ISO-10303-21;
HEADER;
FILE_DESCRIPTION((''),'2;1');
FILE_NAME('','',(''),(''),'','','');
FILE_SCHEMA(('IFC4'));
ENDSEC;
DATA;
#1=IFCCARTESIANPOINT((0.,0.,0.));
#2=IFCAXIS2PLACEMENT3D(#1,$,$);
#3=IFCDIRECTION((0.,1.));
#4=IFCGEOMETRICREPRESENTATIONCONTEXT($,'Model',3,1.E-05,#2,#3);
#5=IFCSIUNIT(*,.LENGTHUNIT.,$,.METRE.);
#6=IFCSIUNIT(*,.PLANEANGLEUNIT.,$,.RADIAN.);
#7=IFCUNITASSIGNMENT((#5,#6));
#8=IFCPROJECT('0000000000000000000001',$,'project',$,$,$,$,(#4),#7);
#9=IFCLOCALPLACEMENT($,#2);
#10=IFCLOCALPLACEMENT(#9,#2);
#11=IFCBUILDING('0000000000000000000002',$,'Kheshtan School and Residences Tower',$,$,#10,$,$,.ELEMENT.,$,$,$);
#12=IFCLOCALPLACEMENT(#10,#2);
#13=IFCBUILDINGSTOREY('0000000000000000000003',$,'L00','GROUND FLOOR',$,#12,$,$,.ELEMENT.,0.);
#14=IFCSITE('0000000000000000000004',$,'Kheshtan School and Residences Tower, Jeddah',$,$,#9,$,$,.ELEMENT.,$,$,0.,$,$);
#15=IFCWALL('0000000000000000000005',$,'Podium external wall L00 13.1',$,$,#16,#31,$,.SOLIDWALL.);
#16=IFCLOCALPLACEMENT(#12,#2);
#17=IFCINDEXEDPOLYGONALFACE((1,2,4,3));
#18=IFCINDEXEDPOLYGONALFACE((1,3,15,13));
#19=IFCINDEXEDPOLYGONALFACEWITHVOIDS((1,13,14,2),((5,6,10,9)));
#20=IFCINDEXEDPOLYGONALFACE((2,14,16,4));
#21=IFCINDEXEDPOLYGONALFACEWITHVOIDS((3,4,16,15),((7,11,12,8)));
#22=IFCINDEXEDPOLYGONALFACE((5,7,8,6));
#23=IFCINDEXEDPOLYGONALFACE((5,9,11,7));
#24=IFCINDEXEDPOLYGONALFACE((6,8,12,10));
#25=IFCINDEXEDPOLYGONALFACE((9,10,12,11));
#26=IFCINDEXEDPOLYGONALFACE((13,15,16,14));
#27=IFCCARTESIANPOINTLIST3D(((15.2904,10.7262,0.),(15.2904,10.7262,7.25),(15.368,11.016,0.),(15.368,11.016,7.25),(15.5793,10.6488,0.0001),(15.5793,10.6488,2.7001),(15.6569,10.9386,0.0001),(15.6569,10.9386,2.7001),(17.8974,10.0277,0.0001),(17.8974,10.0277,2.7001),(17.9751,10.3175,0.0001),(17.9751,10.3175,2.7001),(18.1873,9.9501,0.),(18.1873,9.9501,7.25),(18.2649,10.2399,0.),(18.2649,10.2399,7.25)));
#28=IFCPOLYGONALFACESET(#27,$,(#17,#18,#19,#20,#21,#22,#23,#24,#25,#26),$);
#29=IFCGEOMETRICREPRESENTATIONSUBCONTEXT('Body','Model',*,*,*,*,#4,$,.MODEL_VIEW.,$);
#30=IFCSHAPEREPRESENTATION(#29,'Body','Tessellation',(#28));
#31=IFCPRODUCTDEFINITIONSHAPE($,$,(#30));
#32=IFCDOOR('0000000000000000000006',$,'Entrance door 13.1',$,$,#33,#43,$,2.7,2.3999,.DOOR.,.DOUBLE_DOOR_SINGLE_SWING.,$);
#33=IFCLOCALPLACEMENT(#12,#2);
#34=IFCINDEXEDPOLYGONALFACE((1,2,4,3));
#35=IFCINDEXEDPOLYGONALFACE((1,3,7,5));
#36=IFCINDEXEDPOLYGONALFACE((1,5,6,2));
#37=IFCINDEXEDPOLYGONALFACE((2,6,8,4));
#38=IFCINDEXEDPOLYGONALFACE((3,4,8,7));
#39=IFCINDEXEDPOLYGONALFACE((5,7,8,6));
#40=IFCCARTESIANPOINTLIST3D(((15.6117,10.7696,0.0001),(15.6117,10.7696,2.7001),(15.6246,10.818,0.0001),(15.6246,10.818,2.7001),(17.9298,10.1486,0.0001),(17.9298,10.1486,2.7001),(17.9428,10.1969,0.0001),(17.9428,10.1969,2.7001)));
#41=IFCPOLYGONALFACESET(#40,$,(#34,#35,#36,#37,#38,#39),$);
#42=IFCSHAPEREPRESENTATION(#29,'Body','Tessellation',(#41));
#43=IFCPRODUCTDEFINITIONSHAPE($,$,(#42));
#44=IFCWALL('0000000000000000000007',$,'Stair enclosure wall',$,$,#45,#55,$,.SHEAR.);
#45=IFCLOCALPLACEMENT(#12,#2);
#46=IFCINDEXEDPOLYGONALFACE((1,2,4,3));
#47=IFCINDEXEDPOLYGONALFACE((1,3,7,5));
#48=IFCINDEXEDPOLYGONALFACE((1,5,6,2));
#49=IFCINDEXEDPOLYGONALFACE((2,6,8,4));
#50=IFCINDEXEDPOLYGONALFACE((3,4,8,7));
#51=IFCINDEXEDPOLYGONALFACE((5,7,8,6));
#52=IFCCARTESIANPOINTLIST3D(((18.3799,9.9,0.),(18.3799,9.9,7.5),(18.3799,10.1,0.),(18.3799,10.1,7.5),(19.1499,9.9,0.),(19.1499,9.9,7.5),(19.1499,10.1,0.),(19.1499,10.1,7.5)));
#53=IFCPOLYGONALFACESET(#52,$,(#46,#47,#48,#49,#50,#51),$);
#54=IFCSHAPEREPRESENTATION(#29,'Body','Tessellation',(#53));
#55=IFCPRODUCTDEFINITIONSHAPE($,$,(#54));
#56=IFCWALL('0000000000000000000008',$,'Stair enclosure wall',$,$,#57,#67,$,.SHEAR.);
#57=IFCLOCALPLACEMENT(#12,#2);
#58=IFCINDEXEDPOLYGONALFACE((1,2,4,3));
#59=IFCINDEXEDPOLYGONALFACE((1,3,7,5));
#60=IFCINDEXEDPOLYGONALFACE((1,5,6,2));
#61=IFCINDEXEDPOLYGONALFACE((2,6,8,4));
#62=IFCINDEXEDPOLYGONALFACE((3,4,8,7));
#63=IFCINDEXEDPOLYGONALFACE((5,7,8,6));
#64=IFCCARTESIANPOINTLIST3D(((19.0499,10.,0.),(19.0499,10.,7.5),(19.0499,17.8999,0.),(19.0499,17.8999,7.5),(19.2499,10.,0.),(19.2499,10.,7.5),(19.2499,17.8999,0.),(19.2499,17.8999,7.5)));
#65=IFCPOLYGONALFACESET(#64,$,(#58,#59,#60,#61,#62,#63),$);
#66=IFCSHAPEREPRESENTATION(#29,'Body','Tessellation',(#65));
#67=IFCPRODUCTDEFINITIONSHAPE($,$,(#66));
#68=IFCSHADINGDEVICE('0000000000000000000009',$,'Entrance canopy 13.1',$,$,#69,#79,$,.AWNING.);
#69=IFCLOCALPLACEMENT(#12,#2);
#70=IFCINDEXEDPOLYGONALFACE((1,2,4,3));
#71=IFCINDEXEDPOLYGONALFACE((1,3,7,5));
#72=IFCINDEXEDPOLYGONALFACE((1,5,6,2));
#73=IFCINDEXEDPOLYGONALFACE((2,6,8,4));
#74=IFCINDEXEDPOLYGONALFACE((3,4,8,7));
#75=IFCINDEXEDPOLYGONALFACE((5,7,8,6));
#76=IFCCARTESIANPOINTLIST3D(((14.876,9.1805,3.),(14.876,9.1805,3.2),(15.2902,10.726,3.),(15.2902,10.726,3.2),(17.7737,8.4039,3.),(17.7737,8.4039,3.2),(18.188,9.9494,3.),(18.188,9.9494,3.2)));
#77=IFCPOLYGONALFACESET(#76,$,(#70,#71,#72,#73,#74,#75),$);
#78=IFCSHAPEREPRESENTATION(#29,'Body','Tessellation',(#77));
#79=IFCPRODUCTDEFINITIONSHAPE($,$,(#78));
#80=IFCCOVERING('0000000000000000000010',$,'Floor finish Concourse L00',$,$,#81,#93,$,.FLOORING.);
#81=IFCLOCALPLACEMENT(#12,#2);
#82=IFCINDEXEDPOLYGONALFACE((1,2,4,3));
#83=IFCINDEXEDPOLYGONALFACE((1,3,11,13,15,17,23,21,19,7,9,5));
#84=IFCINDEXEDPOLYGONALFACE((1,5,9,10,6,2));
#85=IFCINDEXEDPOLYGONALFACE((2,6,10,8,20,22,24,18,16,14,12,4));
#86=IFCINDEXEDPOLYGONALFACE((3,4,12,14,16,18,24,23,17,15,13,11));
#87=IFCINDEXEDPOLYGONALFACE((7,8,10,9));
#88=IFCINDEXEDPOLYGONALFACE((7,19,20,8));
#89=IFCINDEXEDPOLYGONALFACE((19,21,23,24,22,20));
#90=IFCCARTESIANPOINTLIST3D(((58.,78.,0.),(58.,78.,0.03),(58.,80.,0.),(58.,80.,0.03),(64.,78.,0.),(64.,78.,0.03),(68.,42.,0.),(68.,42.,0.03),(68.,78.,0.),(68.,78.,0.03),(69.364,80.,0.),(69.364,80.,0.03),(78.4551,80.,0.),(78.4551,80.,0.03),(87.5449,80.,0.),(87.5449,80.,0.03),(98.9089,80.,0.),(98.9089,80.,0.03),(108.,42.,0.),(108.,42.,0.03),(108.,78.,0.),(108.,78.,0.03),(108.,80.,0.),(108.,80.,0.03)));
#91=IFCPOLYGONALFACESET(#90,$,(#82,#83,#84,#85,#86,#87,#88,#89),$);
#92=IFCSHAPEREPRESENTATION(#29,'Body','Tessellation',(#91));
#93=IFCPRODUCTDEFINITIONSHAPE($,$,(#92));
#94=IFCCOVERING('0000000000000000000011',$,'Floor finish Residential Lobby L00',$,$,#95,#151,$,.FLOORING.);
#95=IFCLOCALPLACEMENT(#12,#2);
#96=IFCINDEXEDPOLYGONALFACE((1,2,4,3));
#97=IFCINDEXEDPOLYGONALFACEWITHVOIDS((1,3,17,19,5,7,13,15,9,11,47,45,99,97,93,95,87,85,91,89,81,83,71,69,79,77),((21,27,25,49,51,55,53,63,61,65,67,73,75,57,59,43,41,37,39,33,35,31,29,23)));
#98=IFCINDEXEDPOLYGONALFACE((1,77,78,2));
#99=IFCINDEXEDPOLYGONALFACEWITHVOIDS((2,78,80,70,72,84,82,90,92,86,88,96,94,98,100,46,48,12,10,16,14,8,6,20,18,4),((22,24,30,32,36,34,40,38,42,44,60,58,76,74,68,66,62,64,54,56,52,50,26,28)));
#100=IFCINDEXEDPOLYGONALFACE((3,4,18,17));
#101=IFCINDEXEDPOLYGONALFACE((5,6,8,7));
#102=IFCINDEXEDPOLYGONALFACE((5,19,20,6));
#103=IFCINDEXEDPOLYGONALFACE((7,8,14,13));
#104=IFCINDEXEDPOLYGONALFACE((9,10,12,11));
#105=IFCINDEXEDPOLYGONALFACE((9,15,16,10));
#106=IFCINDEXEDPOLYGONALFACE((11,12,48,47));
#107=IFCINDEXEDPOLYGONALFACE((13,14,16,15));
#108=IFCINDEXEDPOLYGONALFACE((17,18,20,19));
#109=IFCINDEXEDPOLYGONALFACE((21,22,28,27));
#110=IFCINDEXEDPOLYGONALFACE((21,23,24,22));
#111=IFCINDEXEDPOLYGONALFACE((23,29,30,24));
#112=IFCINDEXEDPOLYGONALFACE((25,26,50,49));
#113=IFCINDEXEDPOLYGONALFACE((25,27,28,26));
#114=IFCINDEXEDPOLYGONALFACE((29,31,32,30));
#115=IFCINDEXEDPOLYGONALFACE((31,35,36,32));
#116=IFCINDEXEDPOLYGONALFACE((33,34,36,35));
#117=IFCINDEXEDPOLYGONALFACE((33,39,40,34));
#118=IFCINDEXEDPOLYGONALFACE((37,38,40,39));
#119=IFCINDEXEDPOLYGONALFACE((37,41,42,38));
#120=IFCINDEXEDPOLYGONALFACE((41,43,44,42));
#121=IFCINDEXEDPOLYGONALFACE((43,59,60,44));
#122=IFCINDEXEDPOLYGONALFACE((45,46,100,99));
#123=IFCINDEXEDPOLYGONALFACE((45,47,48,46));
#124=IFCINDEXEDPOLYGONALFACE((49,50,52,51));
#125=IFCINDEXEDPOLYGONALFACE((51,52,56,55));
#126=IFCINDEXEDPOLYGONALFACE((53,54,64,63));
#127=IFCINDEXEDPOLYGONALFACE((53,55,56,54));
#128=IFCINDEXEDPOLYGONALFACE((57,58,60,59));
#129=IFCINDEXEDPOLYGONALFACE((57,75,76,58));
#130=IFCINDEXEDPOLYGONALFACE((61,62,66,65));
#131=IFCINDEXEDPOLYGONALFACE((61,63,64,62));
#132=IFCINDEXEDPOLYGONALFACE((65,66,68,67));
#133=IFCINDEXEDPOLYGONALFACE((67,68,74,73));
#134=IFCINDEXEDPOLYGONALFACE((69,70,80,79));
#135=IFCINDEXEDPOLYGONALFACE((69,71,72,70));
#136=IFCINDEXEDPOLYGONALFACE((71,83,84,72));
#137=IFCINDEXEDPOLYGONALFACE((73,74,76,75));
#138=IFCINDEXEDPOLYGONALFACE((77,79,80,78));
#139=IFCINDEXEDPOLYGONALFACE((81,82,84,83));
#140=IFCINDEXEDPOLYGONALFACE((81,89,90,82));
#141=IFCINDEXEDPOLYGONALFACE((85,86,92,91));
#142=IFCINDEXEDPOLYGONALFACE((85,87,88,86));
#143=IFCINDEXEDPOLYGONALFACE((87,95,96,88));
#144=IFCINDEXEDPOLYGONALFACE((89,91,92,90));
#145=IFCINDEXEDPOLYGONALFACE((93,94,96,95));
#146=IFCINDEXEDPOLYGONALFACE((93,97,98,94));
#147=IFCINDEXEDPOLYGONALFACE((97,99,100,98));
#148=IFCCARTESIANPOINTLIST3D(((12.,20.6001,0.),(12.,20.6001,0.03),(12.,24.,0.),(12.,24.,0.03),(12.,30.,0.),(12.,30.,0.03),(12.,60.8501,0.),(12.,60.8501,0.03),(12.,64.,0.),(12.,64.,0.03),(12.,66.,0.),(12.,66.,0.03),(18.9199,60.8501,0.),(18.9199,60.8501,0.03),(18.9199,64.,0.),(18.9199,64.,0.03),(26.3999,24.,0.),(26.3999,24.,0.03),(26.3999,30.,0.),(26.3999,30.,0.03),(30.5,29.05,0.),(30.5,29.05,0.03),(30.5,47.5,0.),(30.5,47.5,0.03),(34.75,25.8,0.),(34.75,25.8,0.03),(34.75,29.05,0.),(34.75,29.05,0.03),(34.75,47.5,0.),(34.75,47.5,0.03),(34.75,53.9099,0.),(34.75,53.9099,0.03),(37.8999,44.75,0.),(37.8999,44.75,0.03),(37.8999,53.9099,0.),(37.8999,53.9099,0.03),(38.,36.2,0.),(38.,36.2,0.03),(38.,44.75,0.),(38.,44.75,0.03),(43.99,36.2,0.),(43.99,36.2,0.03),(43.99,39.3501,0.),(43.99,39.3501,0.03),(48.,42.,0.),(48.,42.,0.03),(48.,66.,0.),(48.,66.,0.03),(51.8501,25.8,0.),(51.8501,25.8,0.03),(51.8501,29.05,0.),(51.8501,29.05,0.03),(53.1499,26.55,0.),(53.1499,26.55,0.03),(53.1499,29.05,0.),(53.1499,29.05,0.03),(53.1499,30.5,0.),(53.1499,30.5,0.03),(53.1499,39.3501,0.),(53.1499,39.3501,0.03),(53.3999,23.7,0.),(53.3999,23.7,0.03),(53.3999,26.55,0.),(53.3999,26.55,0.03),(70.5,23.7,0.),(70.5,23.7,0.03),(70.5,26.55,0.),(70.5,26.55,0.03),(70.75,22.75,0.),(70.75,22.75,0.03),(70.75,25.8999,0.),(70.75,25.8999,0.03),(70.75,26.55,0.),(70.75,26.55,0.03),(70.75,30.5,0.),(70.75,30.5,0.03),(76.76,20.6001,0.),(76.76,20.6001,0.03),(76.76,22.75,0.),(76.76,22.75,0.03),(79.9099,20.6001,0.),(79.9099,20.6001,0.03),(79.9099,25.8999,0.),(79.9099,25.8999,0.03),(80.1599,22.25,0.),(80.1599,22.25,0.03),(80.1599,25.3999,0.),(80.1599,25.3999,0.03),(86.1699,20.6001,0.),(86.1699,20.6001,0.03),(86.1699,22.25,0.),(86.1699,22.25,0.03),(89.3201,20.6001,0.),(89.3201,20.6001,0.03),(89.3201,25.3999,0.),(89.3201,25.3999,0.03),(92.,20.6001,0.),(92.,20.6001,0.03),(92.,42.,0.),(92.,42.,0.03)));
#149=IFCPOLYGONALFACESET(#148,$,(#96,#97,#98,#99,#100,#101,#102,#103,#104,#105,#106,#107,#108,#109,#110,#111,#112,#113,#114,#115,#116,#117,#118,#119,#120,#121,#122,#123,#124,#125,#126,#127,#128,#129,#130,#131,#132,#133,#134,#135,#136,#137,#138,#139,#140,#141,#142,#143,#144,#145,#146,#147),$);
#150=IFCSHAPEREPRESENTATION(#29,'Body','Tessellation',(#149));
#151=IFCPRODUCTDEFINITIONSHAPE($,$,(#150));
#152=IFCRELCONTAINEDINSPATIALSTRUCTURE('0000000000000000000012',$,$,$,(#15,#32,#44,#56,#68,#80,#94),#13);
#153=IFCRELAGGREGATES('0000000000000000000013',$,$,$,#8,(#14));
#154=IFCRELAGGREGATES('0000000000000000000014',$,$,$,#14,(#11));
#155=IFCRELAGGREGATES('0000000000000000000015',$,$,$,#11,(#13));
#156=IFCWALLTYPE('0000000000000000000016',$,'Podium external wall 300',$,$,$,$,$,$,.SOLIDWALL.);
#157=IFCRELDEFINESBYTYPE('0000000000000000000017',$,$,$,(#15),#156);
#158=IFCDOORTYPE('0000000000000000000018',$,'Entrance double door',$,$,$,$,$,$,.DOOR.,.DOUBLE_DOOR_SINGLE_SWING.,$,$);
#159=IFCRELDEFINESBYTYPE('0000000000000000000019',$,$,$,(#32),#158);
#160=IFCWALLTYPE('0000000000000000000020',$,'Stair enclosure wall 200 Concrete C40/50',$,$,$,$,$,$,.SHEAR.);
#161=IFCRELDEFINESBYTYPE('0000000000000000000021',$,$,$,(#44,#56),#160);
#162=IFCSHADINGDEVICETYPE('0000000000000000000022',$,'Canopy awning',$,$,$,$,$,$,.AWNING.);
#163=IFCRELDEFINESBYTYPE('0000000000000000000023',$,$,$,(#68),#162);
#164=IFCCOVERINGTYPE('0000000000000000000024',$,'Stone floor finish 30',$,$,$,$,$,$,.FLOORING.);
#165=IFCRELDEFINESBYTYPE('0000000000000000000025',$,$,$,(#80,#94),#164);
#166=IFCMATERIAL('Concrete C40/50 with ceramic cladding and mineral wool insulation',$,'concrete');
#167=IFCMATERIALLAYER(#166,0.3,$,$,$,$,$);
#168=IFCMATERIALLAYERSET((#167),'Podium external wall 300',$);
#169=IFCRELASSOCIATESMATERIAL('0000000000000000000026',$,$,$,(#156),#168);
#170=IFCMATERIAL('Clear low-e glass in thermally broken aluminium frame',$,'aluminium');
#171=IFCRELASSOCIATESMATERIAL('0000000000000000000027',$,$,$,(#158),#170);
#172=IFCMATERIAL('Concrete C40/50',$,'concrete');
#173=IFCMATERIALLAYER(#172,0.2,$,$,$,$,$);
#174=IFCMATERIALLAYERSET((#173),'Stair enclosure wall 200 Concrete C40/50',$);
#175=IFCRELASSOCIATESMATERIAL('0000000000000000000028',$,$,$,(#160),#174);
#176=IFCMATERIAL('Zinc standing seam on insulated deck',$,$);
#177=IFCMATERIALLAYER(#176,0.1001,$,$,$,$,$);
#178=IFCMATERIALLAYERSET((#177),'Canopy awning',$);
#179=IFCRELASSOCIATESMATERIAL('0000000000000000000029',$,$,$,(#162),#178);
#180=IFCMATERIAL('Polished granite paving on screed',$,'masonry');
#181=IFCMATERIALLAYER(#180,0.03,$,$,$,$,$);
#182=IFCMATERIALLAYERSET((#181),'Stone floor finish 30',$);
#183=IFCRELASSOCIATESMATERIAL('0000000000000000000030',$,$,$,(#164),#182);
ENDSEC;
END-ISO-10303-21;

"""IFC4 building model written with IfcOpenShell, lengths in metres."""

from ifc_helpers import new_model, si_unit, direction, frame, frame_2d, origin, origin_2d, place, context, subcontext, project, spatial, polyline, rectangle, outline, extrude, source, transform, mapped, material, layer, layer_set, type_object, element, fill, save


model = new_model("IFC4")

# Units and contexts
model_context = context("Model", 3, precision=1e-05, world=origin(), true_north=direction((0.0, 1.0)))
body_context = subcontext(model_context, "Body", "Model", "MODEL_VIEW")
ifc_project = project(units=[si_unit("LENGTHUNIT", "METRE"), si_unit("PLANEANGLEUNIT", "RADIAN")], contexts=[model_context])

# Site, building, storey
site_placement = place(None, origin())
site = spatial("IfcSite", under=ifc_project, at=site_placement, Name="Kheshtan School and Residences Tower, Jeddah", CompositionType="ELEMENT", RefElevation=0.0)
building_placement = place(site_placement, origin())
building = spatial("IfcBuilding", under=site, at=building_placement, Name="Kheshtan School and Residences Tower", CompositionType="ELEMENT")
storey_placement = place(building_placement, origin())
storey = spatial("IfcBuildingStorey", under=building, at=storey_placement, Name="L00", Description="GROUND FLOOR", CompositionType="ELEMENT", Elevation=0.0)

# Shared definitions
ifc_material_1 = material(Name="Clear low-e glass in thermally broken aluminium frame", Category="aluminium")

# Wall, opening, door
ifc_material_2 = material(Name="Concrete C40/50 with ceramic cladding and mineral wool insulation", Category="concrete")
ifc_layer_1 = layer(ifc_material_2, 0.3)
ifc_layer_set_1 = layer_set([ifc_layer_1], Name="Podium external wall 300")
wall_type_1 = type_object("IfcWallType", Name="Podium external wall 300", PredefinedType="SOLIDWALL", material=ifc_layer_set_1)
wall_1_placement = place(storey_placement, frame((18.2261, 10.095, 0.0), z_axis=(0.0, 0.0, 1.0), x_axis=(-0.965936, 0.258782, 0.0)))
wall_1 = element("IfcWall", 1, at=wall_1_placement, inside=storey, type_object=wall_type_1, Name="Podium external wall L00 13.1", PredefinedType="SOLIDWALL", context=body_context, shape_type="SweptSolid", body=[
    extrude(rectangle(XDim=2.999, YDim=0.3, at=frame_2d((1.4995, 0.0))), origin(), (0.0, 0.0, 1.0), 7.25),
])
opening_placement = place(wall_1_placement, frame((0.3, 0.0, 0.0)))
opening = element("IfcOpeningElement", 2, at=opening_placement, cuts=wall_1, PredefinedType="OPENING", context=body_context, shape_type="SweptSolid", body=[
    extrude(rectangle(XDim=2.3999, YDim=2.7, at=frame_2d((1.2, 1.3501))), frame((0.0, 0.1602, 0.0), z_axis=(0.0, -1.0, 0.0), x_axis=(1.0, 0.0, 0.0)), (0.0, 0.0, 1.0), 0.3201),
])
door_type = type_object("IfcDoorType", Name="Entrance double door", OperationType="DOUBLE_DOOR_SINGLE_SWING", PredefinedType="DOOR", material=ifc_material_1)
shared_shape = source(origin(), body_context, "Body", "SweptSolid", [
    extrude(rectangle(XDim=2.3999, YDim=2.7, at=frame_2d((1.2, 1.3501))), frame((0.0, 0.0249, 0.0), z_axis=(0.0, -1.0, 0.0), x_axis=(1.0, 0.0, 0.0)), (0.0, 0.0, 1.0), 0.05),
])
door_placement = place(opening_placement, origin())
door = element("IfcDoor", 3, at=door_placement, inside=storey, type_object=door_type, Name="Entrance door 13.1", OperationType="DOUBLE_DOOR_SINGLE_SWING", OverallHeight=2.7, OverallWidth=2.3999, PredefinedType="DOOR", context=body_context, shape_type="MappedRepresentation", body=[
    mapped(shared_shape, transform((0.0, 0.0, 0.0), x_axis=(1.0, 0.0, 0.0), y_axis=(0.0, 1.0, 0.0), z_axis=(0.0, 0.0, 1.0), scale=1.0)),
])
fill(opening, door)

# Walls
ifc_material_3 = material(Name="Concrete C40/50", Category="concrete")
ifc_layer_2 = layer(ifc_material_3, 0.2)
ifc_layer_set_2 = layer_set([ifc_layer_2], Name="Stair enclosure wall 200 Concrete C40/50")
wall_type_2 = type_object("IfcWallType", Name="Stair enclosure wall 200 Concrete C40/50", PredefinedType="SHEAR", material=ifc_layer_set_2)
wall_2_placement = place(storey_placement, frame((18.3799, 10.0, 0.0), z_axis=(0.0, 0.0, 1.0), x_axis=(1.0, 0.0, 0.0)))
element("IfcWall", 4, at=wall_2_placement, inside=storey, type_object=wall_type_2, Name="Stair enclosure wall", PredefinedType="SHEAR", context=body_context, shape_type="SweptSolid", body=[
    extrude(rectangle(XDim=0.77, YDim=0.2, at=frame_2d((0.385, 0.0))), origin(), (0.0, 0.0, 1.0), 7.5),
])
wall_3_placement = place(storey_placement, frame((19.1499, 10.0, 0.0), z_axis=(0.0, 0.0, 1.0), x_axis=(0.0, 1.0, 0.0)))
element("IfcWall", 5, at=wall_3_placement, inside=storey, type_object=wall_type_2, Name="Stair enclosure wall", PredefinedType="SHEAR", context=body_context, shape_type="SweptSolid", body=[
    extrude(rectangle(XDim=7.8999, YDim=0.2, at=frame_2d((3.95, 0.0))), origin(), (0.0, 0.0, 1.0), 7.5),
])

# Shading device
ifc_material_4 = material(Name="Zinc standing seam on insulated deck")
ifc_layer_3 = layer(ifc_material_4, 0.1001)
ifc_layer_set_3 = layer_set([ifc_layer_3], Name="Canopy awning")
shading_device_type = type_object("IfcShadingDeviceType", Name="Canopy awning", PredefinedType="AWNING", material=ifc_layer_set_3)
shading_device_placement = place(storey_placement, frame((16.532, 9.5649, 3.0), z_axis=(0.0, 0.0, 1.0), x_axis=(-0.965912, 0.25887, 0.0)))
element("IfcShadingDevice", 6, at=shading_device_placement, inside=storey, type_object=shading_device_type, Name="Entrance canopy 13.1", PredefinedType="AWNING", context=body_context, shape_type="SweptSolid", body=[
    extrude(rectangle(XDim=3.0, YDim=1.6001, at=origin_2d()), origin(), (0.0, 0.0, 1.0), 0.2),
])

# Coverings
ifc_material_5 = material(Name="Polished granite paving on screed", Category="masonry")
ifc_layer_4 = layer(ifc_material_5, 0.03)
ifc_layer_set_4 = layer_set([ifc_layer_4], Name="Stone floor finish 30")
covering_type_1 = type_object("IfcCoveringType", Name="Stone floor finish 30", PredefinedType="FLOORING", material=ifc_layer_set_4)
covering_1_placement = place(storey_placement, origin())
element("IfcCovering", 7, at=covering_1_placement, inside=storey, type_object=covering_type_1, Name="Floor finish Concourse L00", PredefinedType="FLOORING", context=body_context, shape_type="SweptSolid", body=[
    extrude(outline(polyline([(108.0, 42.0), (68.0, 42.0), (68.0, 78.0), (64.0, 78.0), (58.0, 78.0), (58.0, 80.0), (69.364, 80.0), (78.4551, 80.0), (87.5449, 80.0), (98.9089, 80.0), (108.0, 80.0), (108.0, 78.0), (108.0, 42.0)])), origin(), (0.0, 0.0, 1.0), 0.03),
])
covering_2_placement = place(storey_placement, origin())
element("IfcCovering", 8, at=covering_2_placement, inside=storey, type_object=covering_type_1, Name="Floor finish Residential Lobby L00", PredefinedType="FLOORING", context=body_context, shape_type="SweptSolid", body=[
    extrude(outline(polyline([(12.0, 66.0), (48.0, 66.0), (48.0, 42.0), (92.0, 42.0), (92.0, 20.6001), (89.3201, 20.6001), (89.3201, 25.3999), (80.1599, 25.3999), (80.1599, 22.25), (86.1699, 22.25), (86.1699, 20.6001), (79.9099, 20.6001), (79.9099, 25.8999), (70.75, 25.8999), (70.75, 22.75), (76.76, 22.75), (76.76, 20.6001), (12.0, 20.6001), (12.0, 24.0), (26.3999, 24.0), (26.3999, 30.0), (12.0, 30.0), (12.0, 60.8501), (18.9199, 60.8501), (18.9199, 64.0), (12.0, 64.0), (12.0, 66.0)]), holes=[polyline([(38.0, 36.2), (38.0, 44.75), (37.8999, 44.75), (37.8999, 53.9099), (34.75, 53.9099), (34.75, 47.5), (30.5, 47.5), (30.5, 29.05), (34.75, 29.05), (34.75, 25.8), (51.8501, 25.8), (51.8501, 29.05), (53.1499, 29.05), (53.1499, 26.55), (53.3999, 26.55), (53.3999, 23.7), (70.5, 23.7), (70.5, 26.55), (70.75, 26.55), (70.75, 30.5), (53.1499, 30.5), (53.1499, 39.3501), (43.99, 39.3501), (43.99, 36.2), (38.0, 36.2)])]), origin(), (0.0, 0.0, 1.0), 0.03),
])

save(model, "model.ifc")
